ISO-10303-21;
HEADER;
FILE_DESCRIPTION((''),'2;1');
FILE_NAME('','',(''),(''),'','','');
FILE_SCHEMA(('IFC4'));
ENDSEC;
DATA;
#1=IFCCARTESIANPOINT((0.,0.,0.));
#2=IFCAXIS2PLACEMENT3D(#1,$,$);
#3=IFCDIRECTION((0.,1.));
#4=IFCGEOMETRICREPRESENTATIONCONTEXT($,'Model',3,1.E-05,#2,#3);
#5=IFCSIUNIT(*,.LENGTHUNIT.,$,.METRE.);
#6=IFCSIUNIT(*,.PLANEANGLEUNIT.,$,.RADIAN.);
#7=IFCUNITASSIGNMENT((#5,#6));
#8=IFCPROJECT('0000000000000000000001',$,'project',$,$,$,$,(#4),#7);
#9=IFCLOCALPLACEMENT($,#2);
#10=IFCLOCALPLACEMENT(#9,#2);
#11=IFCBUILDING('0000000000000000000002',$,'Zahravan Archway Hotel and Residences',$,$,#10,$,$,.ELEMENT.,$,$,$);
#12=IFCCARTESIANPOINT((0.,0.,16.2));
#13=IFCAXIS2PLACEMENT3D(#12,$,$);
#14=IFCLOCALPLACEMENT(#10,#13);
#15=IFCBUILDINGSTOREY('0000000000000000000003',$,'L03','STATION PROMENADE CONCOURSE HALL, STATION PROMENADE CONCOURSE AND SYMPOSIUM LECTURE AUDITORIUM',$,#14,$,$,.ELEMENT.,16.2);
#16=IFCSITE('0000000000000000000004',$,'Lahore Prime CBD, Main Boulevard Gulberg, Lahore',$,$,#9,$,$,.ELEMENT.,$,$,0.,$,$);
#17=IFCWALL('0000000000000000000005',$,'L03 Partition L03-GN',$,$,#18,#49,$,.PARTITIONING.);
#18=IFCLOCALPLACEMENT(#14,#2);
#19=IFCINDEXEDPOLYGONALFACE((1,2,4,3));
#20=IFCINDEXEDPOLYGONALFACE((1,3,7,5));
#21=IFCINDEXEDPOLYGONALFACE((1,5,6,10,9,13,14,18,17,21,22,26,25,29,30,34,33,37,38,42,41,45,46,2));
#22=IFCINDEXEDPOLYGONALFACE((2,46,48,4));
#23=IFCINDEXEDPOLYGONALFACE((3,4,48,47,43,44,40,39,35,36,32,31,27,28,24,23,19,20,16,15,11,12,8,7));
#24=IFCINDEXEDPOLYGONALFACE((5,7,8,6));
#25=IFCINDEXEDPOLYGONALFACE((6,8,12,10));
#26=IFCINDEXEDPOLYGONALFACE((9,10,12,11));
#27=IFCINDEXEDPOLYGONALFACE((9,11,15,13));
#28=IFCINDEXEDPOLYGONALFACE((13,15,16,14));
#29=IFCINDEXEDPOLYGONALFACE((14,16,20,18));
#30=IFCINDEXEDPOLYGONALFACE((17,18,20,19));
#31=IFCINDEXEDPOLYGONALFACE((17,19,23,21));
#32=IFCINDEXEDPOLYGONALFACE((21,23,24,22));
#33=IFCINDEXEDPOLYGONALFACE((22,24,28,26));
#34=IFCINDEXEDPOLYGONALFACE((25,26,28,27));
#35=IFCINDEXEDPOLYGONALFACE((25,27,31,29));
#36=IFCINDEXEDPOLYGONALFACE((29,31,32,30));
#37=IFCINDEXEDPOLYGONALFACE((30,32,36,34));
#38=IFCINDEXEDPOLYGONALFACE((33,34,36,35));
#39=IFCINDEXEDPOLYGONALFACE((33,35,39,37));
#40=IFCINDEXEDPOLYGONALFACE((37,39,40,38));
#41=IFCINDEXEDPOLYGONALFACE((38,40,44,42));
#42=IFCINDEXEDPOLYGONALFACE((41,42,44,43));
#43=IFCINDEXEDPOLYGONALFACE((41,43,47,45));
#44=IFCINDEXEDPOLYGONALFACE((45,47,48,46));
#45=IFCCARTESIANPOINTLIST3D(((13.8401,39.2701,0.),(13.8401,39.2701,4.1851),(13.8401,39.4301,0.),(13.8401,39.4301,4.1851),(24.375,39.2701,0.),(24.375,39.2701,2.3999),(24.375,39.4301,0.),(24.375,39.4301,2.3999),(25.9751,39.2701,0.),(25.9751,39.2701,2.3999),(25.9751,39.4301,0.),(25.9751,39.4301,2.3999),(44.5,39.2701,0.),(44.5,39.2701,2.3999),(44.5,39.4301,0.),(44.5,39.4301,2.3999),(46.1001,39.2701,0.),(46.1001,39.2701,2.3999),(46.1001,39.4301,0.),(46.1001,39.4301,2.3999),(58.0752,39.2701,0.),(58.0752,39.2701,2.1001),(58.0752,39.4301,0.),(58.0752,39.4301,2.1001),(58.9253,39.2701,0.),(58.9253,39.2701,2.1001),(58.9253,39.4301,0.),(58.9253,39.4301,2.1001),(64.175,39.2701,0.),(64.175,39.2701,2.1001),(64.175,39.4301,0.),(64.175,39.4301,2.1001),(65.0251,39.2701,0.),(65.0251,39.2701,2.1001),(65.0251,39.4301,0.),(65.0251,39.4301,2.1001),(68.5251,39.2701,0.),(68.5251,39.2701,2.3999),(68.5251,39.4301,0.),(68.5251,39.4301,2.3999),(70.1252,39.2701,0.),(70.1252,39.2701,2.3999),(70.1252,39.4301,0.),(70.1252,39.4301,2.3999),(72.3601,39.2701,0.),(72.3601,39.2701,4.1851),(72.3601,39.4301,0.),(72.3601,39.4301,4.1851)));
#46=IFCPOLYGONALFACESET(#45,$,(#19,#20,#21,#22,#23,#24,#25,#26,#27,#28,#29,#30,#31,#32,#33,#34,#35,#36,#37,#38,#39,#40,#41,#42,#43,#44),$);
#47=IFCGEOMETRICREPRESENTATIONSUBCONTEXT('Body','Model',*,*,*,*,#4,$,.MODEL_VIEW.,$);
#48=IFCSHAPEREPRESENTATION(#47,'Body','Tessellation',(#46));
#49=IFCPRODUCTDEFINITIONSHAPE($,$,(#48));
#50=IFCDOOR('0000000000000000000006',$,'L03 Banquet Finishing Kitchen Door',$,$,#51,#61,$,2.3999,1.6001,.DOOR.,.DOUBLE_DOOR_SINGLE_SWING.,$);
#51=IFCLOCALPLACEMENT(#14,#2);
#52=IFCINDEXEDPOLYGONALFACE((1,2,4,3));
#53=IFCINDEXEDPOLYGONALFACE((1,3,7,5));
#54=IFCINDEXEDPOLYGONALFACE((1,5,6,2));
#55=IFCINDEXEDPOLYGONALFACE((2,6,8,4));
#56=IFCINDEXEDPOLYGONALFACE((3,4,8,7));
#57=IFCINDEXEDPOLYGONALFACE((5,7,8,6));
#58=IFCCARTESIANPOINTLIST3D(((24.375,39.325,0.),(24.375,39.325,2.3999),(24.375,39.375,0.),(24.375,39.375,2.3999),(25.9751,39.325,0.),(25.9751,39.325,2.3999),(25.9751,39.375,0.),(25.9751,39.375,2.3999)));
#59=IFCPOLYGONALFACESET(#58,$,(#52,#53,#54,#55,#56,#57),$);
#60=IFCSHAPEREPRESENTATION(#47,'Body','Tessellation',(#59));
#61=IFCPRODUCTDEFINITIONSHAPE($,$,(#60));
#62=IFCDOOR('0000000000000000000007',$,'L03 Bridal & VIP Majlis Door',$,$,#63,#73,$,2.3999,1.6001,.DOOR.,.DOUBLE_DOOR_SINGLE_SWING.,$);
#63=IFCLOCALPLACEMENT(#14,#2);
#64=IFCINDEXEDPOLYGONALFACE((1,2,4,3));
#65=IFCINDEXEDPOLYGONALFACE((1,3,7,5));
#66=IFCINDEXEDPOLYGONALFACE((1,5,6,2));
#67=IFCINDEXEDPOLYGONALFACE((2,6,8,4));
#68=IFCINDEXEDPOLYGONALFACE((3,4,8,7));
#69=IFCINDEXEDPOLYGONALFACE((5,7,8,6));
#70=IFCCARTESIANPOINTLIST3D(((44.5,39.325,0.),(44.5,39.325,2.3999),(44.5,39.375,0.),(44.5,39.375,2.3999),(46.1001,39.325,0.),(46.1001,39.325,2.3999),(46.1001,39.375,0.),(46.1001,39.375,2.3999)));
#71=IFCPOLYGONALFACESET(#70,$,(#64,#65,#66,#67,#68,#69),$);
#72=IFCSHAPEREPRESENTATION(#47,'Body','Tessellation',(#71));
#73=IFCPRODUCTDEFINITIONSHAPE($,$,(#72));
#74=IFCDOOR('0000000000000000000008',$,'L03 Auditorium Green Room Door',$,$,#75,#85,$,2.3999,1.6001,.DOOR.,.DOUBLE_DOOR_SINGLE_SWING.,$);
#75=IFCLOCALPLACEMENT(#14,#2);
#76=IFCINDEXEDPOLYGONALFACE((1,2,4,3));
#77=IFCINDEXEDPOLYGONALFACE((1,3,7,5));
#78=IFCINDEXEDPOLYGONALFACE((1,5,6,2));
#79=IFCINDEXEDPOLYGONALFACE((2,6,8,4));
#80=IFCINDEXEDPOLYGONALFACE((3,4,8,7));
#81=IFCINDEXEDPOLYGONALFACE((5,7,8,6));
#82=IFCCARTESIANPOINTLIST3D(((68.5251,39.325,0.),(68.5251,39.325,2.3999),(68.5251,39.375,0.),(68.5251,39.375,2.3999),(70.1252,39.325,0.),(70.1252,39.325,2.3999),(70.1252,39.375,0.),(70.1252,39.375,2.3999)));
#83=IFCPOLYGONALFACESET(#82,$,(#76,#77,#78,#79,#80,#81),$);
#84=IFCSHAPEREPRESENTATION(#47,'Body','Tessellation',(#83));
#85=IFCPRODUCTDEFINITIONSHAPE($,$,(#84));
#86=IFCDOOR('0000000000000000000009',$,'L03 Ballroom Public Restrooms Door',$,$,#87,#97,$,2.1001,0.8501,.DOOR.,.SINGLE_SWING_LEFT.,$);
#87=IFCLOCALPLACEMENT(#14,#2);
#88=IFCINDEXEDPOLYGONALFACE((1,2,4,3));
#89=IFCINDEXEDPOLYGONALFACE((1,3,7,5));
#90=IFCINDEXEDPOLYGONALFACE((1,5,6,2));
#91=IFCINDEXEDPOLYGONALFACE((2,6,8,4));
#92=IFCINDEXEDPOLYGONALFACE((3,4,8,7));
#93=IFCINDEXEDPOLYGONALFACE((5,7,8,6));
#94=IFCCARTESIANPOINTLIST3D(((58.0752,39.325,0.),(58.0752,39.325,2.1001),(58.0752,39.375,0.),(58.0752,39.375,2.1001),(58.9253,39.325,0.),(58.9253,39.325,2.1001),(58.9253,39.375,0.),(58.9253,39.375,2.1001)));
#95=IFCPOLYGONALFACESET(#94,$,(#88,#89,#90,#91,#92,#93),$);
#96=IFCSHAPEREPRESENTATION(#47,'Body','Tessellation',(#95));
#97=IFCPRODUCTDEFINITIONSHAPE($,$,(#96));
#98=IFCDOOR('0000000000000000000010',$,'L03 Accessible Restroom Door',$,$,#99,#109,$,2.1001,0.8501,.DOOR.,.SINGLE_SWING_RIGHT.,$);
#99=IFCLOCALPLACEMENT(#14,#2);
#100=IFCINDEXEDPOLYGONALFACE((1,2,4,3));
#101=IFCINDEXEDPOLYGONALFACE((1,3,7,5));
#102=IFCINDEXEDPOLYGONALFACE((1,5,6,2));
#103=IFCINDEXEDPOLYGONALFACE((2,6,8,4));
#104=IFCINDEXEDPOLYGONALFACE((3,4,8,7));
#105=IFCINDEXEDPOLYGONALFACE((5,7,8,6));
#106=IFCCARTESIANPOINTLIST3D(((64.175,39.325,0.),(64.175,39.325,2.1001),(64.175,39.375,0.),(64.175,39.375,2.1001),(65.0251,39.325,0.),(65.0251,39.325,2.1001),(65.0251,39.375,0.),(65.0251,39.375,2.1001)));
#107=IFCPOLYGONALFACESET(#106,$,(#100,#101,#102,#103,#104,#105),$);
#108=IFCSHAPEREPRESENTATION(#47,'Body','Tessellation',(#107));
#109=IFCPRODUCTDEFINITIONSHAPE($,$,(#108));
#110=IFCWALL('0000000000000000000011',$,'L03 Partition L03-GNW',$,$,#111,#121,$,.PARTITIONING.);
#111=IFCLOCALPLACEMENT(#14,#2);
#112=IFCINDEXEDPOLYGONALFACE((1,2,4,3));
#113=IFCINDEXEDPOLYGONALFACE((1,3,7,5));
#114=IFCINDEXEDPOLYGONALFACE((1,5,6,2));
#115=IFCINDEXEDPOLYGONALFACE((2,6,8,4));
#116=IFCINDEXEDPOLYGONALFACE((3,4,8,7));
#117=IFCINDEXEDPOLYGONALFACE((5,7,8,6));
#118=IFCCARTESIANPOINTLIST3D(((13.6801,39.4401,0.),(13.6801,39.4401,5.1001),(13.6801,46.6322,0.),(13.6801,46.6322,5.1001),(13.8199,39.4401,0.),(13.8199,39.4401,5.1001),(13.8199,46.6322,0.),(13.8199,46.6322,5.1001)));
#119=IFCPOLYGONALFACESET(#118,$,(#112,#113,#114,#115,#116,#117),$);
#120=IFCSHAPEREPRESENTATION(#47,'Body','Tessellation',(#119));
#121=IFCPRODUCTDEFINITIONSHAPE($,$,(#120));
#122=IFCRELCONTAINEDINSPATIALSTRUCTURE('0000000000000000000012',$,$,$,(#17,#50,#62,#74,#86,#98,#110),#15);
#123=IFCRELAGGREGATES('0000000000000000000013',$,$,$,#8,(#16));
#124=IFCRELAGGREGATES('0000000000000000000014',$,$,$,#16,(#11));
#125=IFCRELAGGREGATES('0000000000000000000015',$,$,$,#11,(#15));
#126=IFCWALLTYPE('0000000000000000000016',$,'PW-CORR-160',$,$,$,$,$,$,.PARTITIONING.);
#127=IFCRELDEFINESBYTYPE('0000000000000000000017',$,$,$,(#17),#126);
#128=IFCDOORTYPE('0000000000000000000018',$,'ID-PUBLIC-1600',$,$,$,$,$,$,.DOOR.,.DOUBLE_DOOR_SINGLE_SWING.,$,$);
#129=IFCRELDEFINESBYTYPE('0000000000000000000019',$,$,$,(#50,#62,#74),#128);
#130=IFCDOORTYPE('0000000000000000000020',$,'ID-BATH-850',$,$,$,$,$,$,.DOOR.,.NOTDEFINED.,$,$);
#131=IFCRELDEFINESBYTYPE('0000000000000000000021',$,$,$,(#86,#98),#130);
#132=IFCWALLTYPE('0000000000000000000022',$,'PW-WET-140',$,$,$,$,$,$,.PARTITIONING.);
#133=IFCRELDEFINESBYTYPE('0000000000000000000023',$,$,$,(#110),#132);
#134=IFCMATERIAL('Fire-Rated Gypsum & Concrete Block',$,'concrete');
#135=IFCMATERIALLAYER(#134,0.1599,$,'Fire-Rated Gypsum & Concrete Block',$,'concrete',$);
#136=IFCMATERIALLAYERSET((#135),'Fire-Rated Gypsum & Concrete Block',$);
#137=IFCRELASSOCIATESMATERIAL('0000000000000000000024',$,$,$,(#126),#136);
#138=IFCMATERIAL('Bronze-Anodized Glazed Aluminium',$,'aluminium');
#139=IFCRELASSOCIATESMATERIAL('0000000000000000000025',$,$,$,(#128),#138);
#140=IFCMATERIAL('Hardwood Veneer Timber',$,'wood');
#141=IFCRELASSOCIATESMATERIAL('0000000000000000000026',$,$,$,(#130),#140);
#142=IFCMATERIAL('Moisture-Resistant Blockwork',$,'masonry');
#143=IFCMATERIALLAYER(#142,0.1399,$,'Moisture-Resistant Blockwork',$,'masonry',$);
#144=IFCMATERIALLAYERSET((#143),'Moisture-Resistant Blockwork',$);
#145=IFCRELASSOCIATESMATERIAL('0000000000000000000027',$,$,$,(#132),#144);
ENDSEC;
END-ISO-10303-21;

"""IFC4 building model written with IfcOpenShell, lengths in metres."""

from ifc_helpers import new_model, si_unit, direction, frame, frame_2d, origin, place, context, subcontext, project, spatial, rectangle, extrude, source, transform, mapped, material, layer, layer_set, type_object, type_shapes, element, fill, save


model = new_model("IFC4")

# Units and contexts
model_context = context("Model", 3, precision=1e-05, world=origin(), true_north=direction((0.0, 1.0)))
body_context = subcontext(model_context, "Body", "Model", "MODEL_VIEW")
ifc_project = project(units=[si_unit("LENGTHUNIT", "METRE"), si_unit("PLANEANGLEUNIT", "RADIAN")], contexts=[model_context])

# Site, building, storey
site_placement = place(None, origin())
site = spatial("IfcSite", under=ifc_project, at=site_placement, Name="Lahore Prime CBD, Main Boulevard Gulberg, Lahore", CompositionType="ELEMENT", RefElevation=0.0)
building_placement = place(site_placement, origin())
building = spatial("IfcBuilding", under=site, at=building_placement, Name="Zahravan Archway Hotel and Residences", CompositionType="ELEMENT")
storey_placement = place(building_placement, frame((0.0, 0.0, 16.2)))
storey = spatial("IfcBuildingStorey", under=building, at=storey_placement, Name="L03", Description="STATION PROMENADE CONCOURSE HALL, STATION PROMENADE CONCOURSE AND SYMPOSIUM LECTURE AUDITORIUM", CompositionType="ELEMENT", Elevation=16.2)

# Wall, openings, doors
ifc_material_1 = material(Name="Fire-Rated Gypsum & Concrete Block", Category="concrete")
ifc_layer_1 = layer(ifc_material_1, 0.1599, Name="Fire-Rated Gypsum & Concrete Block", Category="concrete")
ifc_layer_set_1 = layer_set([ifc_layer_1], Name="Fire-Rated Gypsum & Concrete Block")
wall_type_1 = type_object("IfcWallType", Name="PW-CORR-160", PredefinedType="PARTITIONING", material=ifc_layer_set_1)
wall_1_placement = place(storey_placement, frame((13.8401, 39.3501, 0.0), z_axis=(0.0, 0.0, 1.0), x_axis=(1.0, 0.0, 0.0)))
wall_1 = element("IfcWall", 1, at=wall_1_placement, inside=storey, type_object=wall_type_1, Name="L03 Partition L03-GN", PredefinedType="PARTITIONING", context=body_context, shape_type="SweptSolid", body=[
    extrude(rectangle(XDim=58.52, YDim=0.1599, at=frame_2d((29.26, 0.0))), origin(), (0.0, 0.0, 1.0), 4.1851),
])
opening_1_placement = place(wall_1_placement, frame((10.5349, 0.0, 0.0)))
opening_1 = element("IfcOpeningElement", 2, at=opening_1_placement, cuts=wall_1, PredefinedType="OPENING", context=body_context, shape_type="SweptSolid", body=[
    extrude(rectangle(XDim=1.6001, YDim=2.3999, at=frame_2d((0.8, 1.2))), frame((0.0, 0.0898, 0.0), z_axis=(0.0, -1.0, 0.0), x_axis=(1.0, 0.0, 0.0)), (0.0, 0.0, 1.0), 0.1799),
])
opening_2_placement = place(wall_1_placement, frame((30.6599, 0.0, 0.0)))
opening_2 = element("IfcOpeningElement", 3, at=opening_2_placement, cuts=wall_1, PredefinedType="OPENING", context=body_context, shape_type="SweptSolid", body=[
    extrude(rectangle(XDim=1.6001, YDim=2.3999, at=frame_2d((0.8, 1.2))), frame((0.0, 0.0898, 0.0), z_axis=(0.0, -1.0, 0.0), x_axis=(1.0, 0.0, 0.0)), (0.0, 0.0, 1.0), 0.1799),
])
opening_3_placement = place(wall_1_placement, frame((44.2351, 0.0, 0.0)))
opening_3 = element("IfcOpeningElement", 4, at=opening_3_placement, cuts=wall_1, PredefinedType="OPENING", context=body_context, shape_type="SweptSolid", body=[
    extrude(rectangle(XDim=0.8501, YDim=2.1001, at=frame_2d((0.425, 1.05))), frame((0.0, 0.0898, 0.0), z_axis=(0.0, -1.0, 0.0), x_axis=(1.0, 0.0, 0.0)), (0.0, 0.0, 1.0), 0.1799),
])
opening_4_placement = place(wall_1_placement, frame((50.335, 0.0, 0.0)))
opening_4 = element("IfcOpeningElement", 5, at=opening_4_placement, cuts=wall_1, PredefinedType="OPENING", context=body_context, shape_type="SweptSolid", body=[
    extrude(rectangle(XDim=0.8501, YDim=2.1001, at=frame_2d((0.425, 1.05))), frame((0.0, 0.0898, 0.0), z_axis=(0.0, -1.0, 0.0), x_axis=(1.0, 0.0, 0.0)), (0.0, 0.0, 1.0), 0.1799),
])
opening_5_placement = place(wall_1_placement, frame((54.6851, 0.0, 0.0)))
opening_5 = element("IfcOpeningElement", 6, at=opening_5_placement, cuts=wall_1, PredefinedType="OPENING", context=body_context, shape_type="SweptSolid", body=[
    extrude(rectangle(XDim=1.6001, YDim=2.3999, at=frame_2d((0.8, 1.2))), frame((0.0, 0.0898, 0.0), z_axis=(0.0, -1.0, 0.0), x_axis=(1.0, 0.0, 0.0)), (0.0, 0.0, 1.0), 0.1799),
])
ifc_material_2 = material(Name="Bronze-Anodized Glazed Aluminium", Category="aluminium")
door_type_1 = type_object("IfcDoorType", Name="ID-PUBLIC-1600", OperationType="DOUBLE_DOOR_SINGLE_SWING", PredefinedType="DOOR", material=ifc_material_2)
shared_shape_1 = source(origin(), body_context, "Body", "SweptSolid", [
    extrude(rectangle(XDim=1.6001, YDim=2.3999, at=frame_2d((0.8, 1.2))), frame((0.0, 0.0249, 0.0), z_axis=(0.0, -1.0, 0.0), x_axis=(1.0, 0.0, 0.0)), (0.0, 0.0, 1.0), 0.05),
])
type_shapes(door_type_1, [shared_shape_1])
door_1_placement = place(opening_1_placement, origin())
door_1 = element("IfcDoor", 7, at=door_1_placement, inside=storey, type_object=door_type_1, Name="L03 Banquet Finishing Kitchen Door", OperationType="DOUBLE_DOOR_SINGLE_SWING", OverallHeight=2.3999, OverallWidth=1.6001, PredefinedType="DOOR", context=body_context, shape_type="MappedRepresentation", body=[
    mapped(shared_shape_1, transform((0.0, 0.0, 0.0), scale=1.0)),
])
fill(opening_1, door_1)
door_2_placement = place(opening_2_placement, origin())
door_2 = element("IfcDoor", 8, at=door_2_placement, inside=storey, type_object=door_type_1, Name="L03 Bridal & VIP Majlis Door", OperationType="DOUBLE_DOOR_SINGLE_SWING", OverallHeight=2.3999, OverallWidth=1.6001, PredefinedType="DOOR", context=body_context, shape_type="MappedRepresentation", body=[
    mapped(shared_shape_1, transform((0.0, 0.0, 0.0), scale=1.0)),
])
fill(opening_2, door_2)
door_3_placement = place(opening_5_placement, origin())
door_3 = element("IfcDoor", 9, at=door_3_placement, inside=storey, type_object=door_type_1, Name="L03 Auditorium Green Room Door", OperationType="DOUBLE_DOOR_SINGLE_SWING", OverallHeight=2.3999, OverallWidth=1.6001, PredefinedType="DOOR", context=body_context, shape_type="MappedRepresentation", body=[
    mapped(shared_shape_1, transform((0.0, 0.0, 0.0), scale=1.0)),
])
fill(opening_5, door_3)
ifc_material_3 = material(Name="Hardwood Veneer Timber", Category="wood")
door_type_2 = type_object("IfcDoorType", Name="ID-BATH-850", OperationType="NOTDEFINED", PredefinedType="DOOR", material=ifc_material_3)
shared_shape_2 = source(origin(), body_context, "Body", "SweptSolid", [
    extrude(rectangle(XDim=0.8501, YDim=2.1001, at=frame_2d((0.425, 1.05))), frame((0.0, 0.0249, 0.0), z_axis=(0.0, -1.0, 0.0), x_axis=(1.0, 0.0, 0.0)), (0.0, 0.0, 1.0), 0.05),
])
type_shapes(door_type_2, [shared_shape_2])
door_4_placement = place(opening_3_placement, origin())
door_4 = element("IfcDoor", 10, at=door_4_placement, inside=storey, type_object=door_type_2, Name="L03 Ballroom Public Restrooms Door", OperationType="SINGLE_SWING_LEFT", OverallHeight=2.1001, OverallWidth=0.8501, PredefinedType="DOOR", context=body_context, shape_type="MappedRepresentation", body=[
    mapped(shared_shape_2, transform((0.0, 0.0, 0.0), scale=1.0)),
])
fill(opening_3, door_4)
door_5_placement = place(opening_4_placement, origin())
door_5 = element("IfcDoor", 11, at=door_5_placement, inside=storey, type_object=door_type_2, Name="L03 Accessible Restroom Door", OperationType="SINGLE_SWING_RIGHT", OverallHeight=2.1001, OverallWidth=0.8501, PredefinedType="DOOR", context=body_context, shape_type="MappedRepresentation", body=[
    mapped(shared_shape_2, transform((0.0, 0.0, 0.0), scale=1.0)),
])
fill(opening_4, door_5)

# Wall
ifc_material_4 = material(Name="Moisture-Resistant Blockwork", Category="masonry")
ifc_layer_2 = layer(ifc_material_4, 0.1399, Name="Moisture-Resistant Blockwork", Category="masonry")
ifc_layer_set_2 = layer_set([ifc_layer_2], Name="Moisture-Resistant Blockwork")
wall_type_2 = type_object("IfcWallType", Name="PW-WET-140", PredefinedType="PARTITIONING", material=ifc_layer_set_2)
wall_2_placement = place(storey_placement, frame((13.75, 39.4399, 0.0), z_axis=(0.0, 0.0, 1.0), x_axis=(0.0, 1.0, 0.0)))
element("IfcWall", 12, at=wall_2_placement, inside=storey, type_object=wall_type_2, Name="L03 Partition L03-GNW", PredefinedType="PARTITIONING", context=body_context, shape_type="SweptSolid", body=[
    extrude(rectangle(XDim=7.1921, YDim=0.1399, at=frame_2d((3.5962, 0.0))), origin(), (0.0, 0.0, 1.0), 5.1001),
])

save(model, "model.ifc")
